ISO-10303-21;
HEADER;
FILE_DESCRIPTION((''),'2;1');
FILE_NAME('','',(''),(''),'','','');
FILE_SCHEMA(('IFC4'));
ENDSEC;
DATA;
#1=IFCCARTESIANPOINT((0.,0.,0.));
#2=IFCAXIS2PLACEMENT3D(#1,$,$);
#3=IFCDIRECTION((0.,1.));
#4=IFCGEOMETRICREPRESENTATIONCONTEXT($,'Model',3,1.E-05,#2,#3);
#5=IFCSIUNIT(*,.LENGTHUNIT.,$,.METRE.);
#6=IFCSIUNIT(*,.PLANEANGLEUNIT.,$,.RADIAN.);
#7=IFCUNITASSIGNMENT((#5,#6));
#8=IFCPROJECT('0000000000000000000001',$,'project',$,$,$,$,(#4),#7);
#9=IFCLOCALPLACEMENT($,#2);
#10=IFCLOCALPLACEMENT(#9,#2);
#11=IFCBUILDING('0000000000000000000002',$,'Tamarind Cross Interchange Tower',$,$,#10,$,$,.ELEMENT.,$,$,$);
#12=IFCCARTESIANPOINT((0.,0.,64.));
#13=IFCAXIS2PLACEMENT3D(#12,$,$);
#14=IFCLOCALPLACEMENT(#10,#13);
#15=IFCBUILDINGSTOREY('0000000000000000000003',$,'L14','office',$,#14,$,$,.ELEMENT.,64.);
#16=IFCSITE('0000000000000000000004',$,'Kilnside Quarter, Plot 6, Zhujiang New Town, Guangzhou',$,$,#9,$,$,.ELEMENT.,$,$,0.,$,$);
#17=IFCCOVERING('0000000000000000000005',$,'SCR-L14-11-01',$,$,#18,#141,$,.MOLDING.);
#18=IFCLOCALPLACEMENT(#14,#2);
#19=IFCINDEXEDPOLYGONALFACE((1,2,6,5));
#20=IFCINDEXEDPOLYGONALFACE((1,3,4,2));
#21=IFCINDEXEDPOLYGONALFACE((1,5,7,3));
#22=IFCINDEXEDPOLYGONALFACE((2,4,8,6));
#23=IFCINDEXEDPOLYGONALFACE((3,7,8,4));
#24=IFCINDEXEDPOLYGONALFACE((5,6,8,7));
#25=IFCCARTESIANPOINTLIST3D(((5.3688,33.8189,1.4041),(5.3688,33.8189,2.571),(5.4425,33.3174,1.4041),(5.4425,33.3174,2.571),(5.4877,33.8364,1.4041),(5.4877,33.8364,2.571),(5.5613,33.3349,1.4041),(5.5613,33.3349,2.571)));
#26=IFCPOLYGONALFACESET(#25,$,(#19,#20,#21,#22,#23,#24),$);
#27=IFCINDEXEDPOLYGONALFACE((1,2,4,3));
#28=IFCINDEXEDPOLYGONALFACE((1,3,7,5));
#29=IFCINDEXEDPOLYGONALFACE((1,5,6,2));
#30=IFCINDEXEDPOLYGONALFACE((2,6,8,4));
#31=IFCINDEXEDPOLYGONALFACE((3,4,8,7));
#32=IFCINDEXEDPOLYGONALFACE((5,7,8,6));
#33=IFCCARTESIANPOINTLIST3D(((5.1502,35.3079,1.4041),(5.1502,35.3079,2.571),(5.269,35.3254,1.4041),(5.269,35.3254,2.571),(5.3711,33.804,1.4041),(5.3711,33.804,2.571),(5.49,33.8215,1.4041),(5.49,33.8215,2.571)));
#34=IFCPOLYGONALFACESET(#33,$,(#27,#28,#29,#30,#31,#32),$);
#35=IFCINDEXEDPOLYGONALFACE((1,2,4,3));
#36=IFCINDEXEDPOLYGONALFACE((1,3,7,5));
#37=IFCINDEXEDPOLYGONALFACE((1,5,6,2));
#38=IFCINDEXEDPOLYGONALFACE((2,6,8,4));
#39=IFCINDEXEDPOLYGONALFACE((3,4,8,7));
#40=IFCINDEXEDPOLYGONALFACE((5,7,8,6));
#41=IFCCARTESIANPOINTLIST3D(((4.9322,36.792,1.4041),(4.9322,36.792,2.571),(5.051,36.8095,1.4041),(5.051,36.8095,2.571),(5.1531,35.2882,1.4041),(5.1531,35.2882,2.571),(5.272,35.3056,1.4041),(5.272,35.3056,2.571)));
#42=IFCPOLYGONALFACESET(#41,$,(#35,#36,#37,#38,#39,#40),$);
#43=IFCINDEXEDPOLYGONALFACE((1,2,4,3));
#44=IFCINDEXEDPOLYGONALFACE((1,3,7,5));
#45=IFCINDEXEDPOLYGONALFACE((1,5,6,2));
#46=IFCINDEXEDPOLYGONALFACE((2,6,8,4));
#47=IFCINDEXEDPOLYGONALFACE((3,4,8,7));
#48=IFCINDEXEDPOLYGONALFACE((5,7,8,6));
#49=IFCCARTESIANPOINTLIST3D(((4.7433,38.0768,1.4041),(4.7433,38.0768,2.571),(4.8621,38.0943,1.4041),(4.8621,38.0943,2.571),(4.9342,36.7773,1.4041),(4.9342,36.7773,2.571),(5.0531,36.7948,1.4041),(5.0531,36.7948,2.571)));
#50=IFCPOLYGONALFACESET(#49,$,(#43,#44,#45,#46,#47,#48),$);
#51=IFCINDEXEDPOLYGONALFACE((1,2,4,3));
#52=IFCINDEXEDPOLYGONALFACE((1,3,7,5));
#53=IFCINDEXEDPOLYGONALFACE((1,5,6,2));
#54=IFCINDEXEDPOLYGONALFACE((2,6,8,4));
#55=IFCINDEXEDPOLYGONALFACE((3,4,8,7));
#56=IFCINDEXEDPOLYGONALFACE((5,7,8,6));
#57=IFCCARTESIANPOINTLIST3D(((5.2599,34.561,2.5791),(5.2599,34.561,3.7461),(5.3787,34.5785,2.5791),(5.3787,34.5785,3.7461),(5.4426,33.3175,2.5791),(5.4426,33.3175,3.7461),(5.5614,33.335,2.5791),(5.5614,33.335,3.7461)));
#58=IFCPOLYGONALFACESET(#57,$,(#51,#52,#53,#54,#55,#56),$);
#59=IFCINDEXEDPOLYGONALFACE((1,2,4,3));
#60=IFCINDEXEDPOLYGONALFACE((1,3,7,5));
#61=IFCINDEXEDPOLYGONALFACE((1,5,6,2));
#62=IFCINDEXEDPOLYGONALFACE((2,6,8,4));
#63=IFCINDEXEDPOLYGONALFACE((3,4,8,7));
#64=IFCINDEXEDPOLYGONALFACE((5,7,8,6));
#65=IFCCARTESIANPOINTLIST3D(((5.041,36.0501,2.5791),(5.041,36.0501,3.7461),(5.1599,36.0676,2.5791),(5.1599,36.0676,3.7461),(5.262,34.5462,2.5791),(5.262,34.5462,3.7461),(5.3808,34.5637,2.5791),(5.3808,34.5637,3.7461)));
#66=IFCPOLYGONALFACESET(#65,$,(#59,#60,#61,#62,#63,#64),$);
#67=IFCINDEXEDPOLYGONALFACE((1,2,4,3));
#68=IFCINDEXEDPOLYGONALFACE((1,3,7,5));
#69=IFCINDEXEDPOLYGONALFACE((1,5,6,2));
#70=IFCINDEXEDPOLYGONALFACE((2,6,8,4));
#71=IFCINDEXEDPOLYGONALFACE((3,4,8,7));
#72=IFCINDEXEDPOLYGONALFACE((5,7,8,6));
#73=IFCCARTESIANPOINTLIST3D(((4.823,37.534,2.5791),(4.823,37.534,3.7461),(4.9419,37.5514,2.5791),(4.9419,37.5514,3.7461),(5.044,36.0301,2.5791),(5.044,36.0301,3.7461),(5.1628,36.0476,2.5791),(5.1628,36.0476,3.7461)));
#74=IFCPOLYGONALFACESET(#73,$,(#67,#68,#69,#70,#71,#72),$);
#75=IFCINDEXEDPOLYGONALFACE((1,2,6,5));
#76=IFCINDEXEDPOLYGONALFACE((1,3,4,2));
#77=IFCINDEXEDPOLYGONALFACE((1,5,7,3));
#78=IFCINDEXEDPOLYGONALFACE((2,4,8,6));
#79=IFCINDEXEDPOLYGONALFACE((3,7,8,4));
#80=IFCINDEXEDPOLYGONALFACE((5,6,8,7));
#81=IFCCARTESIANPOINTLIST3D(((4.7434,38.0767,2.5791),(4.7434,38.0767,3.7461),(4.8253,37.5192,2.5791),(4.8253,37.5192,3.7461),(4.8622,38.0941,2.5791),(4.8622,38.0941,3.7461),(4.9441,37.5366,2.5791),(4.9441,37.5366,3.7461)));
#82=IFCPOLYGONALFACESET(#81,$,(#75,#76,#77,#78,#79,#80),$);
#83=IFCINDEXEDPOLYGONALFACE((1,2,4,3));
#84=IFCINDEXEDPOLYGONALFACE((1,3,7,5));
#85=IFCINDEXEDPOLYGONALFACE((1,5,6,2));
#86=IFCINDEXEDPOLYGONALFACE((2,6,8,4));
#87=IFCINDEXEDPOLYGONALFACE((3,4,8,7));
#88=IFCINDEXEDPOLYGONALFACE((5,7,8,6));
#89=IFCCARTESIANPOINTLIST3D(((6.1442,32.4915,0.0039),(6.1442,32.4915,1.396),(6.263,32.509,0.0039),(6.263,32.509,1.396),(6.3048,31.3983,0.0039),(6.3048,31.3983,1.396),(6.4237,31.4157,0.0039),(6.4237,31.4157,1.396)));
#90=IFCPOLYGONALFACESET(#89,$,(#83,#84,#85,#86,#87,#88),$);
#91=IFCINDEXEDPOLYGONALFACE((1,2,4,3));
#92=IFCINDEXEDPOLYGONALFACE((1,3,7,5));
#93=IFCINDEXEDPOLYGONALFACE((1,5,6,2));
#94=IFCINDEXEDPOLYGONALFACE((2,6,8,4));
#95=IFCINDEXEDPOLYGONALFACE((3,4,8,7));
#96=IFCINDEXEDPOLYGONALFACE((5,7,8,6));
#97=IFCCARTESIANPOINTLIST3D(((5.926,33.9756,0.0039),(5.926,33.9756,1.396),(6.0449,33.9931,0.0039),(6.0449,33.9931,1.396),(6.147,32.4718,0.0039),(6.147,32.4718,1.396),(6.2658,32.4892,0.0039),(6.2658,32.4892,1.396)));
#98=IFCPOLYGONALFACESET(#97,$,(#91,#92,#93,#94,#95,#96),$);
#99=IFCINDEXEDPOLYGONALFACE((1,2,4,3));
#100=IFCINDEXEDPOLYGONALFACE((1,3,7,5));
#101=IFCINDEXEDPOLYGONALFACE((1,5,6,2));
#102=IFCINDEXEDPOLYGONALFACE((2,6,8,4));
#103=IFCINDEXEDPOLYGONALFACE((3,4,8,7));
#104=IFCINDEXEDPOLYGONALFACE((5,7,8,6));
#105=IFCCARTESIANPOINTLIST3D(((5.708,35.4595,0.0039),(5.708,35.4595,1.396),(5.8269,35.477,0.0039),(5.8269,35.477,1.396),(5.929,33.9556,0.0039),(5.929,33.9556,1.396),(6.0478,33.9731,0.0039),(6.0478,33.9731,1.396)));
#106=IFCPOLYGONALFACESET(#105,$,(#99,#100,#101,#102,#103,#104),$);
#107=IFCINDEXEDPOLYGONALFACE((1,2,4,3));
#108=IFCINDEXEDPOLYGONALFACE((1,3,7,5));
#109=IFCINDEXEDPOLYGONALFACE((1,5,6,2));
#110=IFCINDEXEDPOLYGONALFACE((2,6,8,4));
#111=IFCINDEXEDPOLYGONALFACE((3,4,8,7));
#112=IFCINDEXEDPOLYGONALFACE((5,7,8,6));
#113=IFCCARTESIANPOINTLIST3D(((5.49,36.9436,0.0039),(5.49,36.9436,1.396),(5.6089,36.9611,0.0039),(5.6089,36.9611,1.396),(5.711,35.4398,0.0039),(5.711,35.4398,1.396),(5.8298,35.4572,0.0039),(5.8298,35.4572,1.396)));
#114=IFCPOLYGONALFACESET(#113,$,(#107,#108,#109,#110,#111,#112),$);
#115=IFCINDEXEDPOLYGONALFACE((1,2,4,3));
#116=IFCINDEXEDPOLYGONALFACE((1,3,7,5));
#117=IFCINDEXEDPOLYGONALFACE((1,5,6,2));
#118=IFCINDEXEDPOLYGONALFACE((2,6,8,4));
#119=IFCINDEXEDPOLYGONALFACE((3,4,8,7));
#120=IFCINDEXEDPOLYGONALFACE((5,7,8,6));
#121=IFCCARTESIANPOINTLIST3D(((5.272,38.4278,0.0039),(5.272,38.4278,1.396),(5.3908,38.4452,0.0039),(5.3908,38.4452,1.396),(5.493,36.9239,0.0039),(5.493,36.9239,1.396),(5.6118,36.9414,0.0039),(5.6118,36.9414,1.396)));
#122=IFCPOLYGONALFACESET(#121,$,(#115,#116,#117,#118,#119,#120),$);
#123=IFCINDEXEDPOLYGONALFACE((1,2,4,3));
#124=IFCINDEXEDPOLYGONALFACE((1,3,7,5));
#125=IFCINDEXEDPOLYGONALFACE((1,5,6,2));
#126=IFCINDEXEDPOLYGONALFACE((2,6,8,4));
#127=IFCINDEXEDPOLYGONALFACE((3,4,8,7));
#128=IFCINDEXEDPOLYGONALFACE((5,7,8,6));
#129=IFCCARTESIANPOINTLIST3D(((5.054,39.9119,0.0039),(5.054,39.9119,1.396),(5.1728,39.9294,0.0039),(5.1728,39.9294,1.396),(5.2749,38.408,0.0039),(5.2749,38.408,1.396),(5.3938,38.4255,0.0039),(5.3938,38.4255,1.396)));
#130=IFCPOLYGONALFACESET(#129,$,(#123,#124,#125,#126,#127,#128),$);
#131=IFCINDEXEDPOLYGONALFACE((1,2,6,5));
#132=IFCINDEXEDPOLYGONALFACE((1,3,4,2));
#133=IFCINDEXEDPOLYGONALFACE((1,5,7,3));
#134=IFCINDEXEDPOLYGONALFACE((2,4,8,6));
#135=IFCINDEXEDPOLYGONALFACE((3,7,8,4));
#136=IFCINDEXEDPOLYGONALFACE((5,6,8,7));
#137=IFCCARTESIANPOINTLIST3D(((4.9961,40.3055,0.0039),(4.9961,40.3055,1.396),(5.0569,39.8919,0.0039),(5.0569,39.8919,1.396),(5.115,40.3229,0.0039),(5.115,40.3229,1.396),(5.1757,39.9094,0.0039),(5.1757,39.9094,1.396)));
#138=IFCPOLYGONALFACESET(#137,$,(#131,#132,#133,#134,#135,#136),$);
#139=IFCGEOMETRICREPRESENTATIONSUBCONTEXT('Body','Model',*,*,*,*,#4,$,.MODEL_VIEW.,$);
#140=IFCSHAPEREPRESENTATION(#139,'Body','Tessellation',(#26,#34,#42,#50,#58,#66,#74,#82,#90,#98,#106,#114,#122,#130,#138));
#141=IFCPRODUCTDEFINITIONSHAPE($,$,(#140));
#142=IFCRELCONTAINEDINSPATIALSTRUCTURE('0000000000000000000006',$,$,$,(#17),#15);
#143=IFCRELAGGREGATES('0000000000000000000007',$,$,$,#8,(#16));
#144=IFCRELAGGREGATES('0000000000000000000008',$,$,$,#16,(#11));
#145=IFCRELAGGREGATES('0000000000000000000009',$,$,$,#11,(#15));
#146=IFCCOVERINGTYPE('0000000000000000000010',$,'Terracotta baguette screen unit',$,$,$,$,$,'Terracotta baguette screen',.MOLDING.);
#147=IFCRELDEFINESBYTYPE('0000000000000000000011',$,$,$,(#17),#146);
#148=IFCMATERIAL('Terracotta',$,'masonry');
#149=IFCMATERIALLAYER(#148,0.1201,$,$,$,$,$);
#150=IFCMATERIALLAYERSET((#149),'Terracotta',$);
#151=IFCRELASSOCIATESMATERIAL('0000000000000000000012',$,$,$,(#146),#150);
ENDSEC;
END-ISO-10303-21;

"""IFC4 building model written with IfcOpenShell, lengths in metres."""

from ifc_helpers import new_model, si_unit, direction, frame, origin, origin_2d, place, context, subcontext, project, spatial, rectangle, extrude, material, layer, layer_set, type_object, element, save


model = new_model("IFC4")

# Units and contexts
model_context = context("Model", 3, precision=1e-05, world=origin(), true_north=direction((0.0, 1.0)))
body_context = subcontext(model_context, "Body", "Model", "MODEL_VIEW")
ifc_project = project(units=[si_unit("LENGTHUNIT", "METRE"), si_unit("PLANEANGLEUNIT", "RADIAN")], contexts=[model_context])

# Site, building, storey
site_placement = place(None, origin())
site = spatial("IfcSite", under=ifc_project, at=site_placement, Name="Kilnside Quarter, Plot 6, Zhujiang New Town, Guangzhou", CompositionType="ELEMENT", RefElevation=0.0)
building_placement = place(site_placement, origin())
building = spatial("IfcBuilding", under=site, at=building_placement, Name="Tamarind Cross Interchange Tower", CompositionType="ELEMENT")
storey_placement = place(building_placement, frame((0.0, 0.0, 64.0)))
storey = spatial("IfcBuildingStorey", under=building, at=storey_placement, Name="L14", Description="office", CompositionType="ELEMENT", Elevation=64.0)

# Covering
ifc_material_1 = material(Name="Terracotta", Category="masonry")
ifc_layer_1 = layer(ifc_material_1, 0.1201)
ifc_layer_set_1 = layer_set([ifc_layer_1], Name="Terracotta")
covering_type = type_object("IfcCoveringType", Name="Terracotta baguette screen unit", ElementType="Terracotta baguette screen", PredefinedType="MOLDING", material=ifc_layer_set_1)
covering_1_placement = place(storey_placement, origin())
element("IfcCovering", 1, at=covering_1_placement, inside=storey, type_object=covering_type, Name="SCR-L14-11-01", PredefinedType="MOLDING", context=body_context, shape_type="SweptSolid", body=[
    extrude(rectangle(XDim=0.5068, YDim=0.1201, at=origin_2d()), frame((5.4651, 33.5769, 1.4041), z_axis=(0.0, 0.0, 1.0), x_axis=(-0.145365, 0.989378, 0.0)), (0.0, 0.0, 1.0), 1.167),
    extrude(rectangle(XDim=1.52, YDim=0.1201, at=origin_2d()), frame((5.3201, 34.5647, 1.4041), z_axis=(0.0, 0.0, 1.0), x_axis=(-0.145365, 0.989378, 0.0)), (0.0, 0.0, 1.0), 1.167),
    extrude(rectangle(XDim=1.52, YDim=0.1201, at=origin_2d()), frame((5.1021, 36.0488, 1.4041), z_axis=(0.0, 0.0, 1.0), x_axis=(-0.145365, 0.989378, 0.0)), (0.0, 0.0, 1.0), 1.167),
    extrude(rectangle(XDim=1.3135, YDim=0.1201, at=origin_2d()), frame((4.8982, 37.4358, 1.4041), z_axis=(0.0, 0.0, 1.0), x_axis=(-0.145365, 0.989378, 0.0)), (0.0, 0.0, 1.0), 1.167),
    extrude(rectangle(XDim=1.2568, YDim=0.1201, at=origin_2d()), frame((5.4106, 33.948, 2.5791), z_axis=(0.0, 0.0, 1.0), x_axis=(-0.145365, 0.989378, 0.0)), (0.0, 0.0, 1.0), 1.167),
    extrude(rectangle(XDim=1.52, YDim=0.1201, at=origin_2d()), frame((5.2109, 35.3069, 2.5791), z_axis=(0.0, 0.0, 1.0), x_axis=(-0.145365, 0.989378, 0.0)), (0.0, 0.0, 1.0), 1.167),
    extrude(rectangle(XDim=1.52, YDim=0.1201, at=origin_2d()), frame((4.9929, 36.7908, 2.5791), z_axis=(0.0, 0.0, 1.0), x_axis=(-0.145365, 0.989378, 0.0)), (0.0, 0.0, 1.0), 1.167),
    extrude(rectangle(XDim=0.5635, YDim=0.1201, at=origin_2d()), frame((4.8438, 37.8066, 2.5791), z_axis=(0.0, 0.0, 1.0), x_axis=(-0.145365, 0.989378, 0.0)), (0.0, 0.0, 1.0), 1.167),
    extrude(rectangle(XDim=1.105, YDim=0.1201, at=origin_2d()), frame((6.2839, 31.9536, 0.0039), z_axis=(0.0, 0.0, 1.0), x_axis=(-0.145365, 0.989378, 0.0)), (0.0, 0.0, 1.0), 1.3921),
    extrude(rectangle(XDim=1.52, YDim=0.1201, at=origin_2d()), frame((6.0959, 33.2324, 0.0039), z_axis=(0.0, 0.0, 1.0), x_axis=(-0.145365, 0.989378, 0.0)), (0.0, 0.0, 1.0), 1.3921),
    extrude(rectangle(XDim=1.52, YDim=0.1201, at=origin_2d()), frame((5.8779, 34.7163, 0.0039), z_axis=(0.0, 0.0, 1.0), x_axis=(-0.145365, 0.989378, 0.0)), (0.0, 0.0, 1.0), 1.3921),
    extrude(rectangle(XDim=1.52, YDim=0.1201, at=origin_2d()), frame((5.6599, 36.2004, 0.0039), z_axis=(0.0, 0.0, 1.0), x_axis=(-0.145365, 0.989378, 0.0)), (0.0, 0.0, 1.0), 1.3921),
    extrude(rectangle(XDim=1.52, YDim=0.1201, at=origin_2d()), frame((5.4419, 37.6846, 0.0039), z_axis=(0.0, 0.0, 1.0), x_axis=(-0.145365, 0.989378, 0.0)), (0.0, 0.0, 1.0), 1.3921),
    extrude(rectangle(XDim=1.52, YDim=0.1201, at=origin_2d()), frame((5.2239, 39.1687, 0.0039), z_axis=(0.0, 0.0, 1.0), x_axis=(-0.145365, 0.989378, 0.0)), (0.0, 0.0, 1.0), 1.3921),
    extrude(rectangle(XDim=0.418, YDim=0.1201, at=origin_2d()), frame((5.0859, 40.1074, 0.0039), z_axis=(0.0, 0.0, 1.0), x_axis=(-0.145365, 0.989378, 0.0)), (0.0, 0.0, 1.0), 1.3921),
])

save(model, "model.ifc")
